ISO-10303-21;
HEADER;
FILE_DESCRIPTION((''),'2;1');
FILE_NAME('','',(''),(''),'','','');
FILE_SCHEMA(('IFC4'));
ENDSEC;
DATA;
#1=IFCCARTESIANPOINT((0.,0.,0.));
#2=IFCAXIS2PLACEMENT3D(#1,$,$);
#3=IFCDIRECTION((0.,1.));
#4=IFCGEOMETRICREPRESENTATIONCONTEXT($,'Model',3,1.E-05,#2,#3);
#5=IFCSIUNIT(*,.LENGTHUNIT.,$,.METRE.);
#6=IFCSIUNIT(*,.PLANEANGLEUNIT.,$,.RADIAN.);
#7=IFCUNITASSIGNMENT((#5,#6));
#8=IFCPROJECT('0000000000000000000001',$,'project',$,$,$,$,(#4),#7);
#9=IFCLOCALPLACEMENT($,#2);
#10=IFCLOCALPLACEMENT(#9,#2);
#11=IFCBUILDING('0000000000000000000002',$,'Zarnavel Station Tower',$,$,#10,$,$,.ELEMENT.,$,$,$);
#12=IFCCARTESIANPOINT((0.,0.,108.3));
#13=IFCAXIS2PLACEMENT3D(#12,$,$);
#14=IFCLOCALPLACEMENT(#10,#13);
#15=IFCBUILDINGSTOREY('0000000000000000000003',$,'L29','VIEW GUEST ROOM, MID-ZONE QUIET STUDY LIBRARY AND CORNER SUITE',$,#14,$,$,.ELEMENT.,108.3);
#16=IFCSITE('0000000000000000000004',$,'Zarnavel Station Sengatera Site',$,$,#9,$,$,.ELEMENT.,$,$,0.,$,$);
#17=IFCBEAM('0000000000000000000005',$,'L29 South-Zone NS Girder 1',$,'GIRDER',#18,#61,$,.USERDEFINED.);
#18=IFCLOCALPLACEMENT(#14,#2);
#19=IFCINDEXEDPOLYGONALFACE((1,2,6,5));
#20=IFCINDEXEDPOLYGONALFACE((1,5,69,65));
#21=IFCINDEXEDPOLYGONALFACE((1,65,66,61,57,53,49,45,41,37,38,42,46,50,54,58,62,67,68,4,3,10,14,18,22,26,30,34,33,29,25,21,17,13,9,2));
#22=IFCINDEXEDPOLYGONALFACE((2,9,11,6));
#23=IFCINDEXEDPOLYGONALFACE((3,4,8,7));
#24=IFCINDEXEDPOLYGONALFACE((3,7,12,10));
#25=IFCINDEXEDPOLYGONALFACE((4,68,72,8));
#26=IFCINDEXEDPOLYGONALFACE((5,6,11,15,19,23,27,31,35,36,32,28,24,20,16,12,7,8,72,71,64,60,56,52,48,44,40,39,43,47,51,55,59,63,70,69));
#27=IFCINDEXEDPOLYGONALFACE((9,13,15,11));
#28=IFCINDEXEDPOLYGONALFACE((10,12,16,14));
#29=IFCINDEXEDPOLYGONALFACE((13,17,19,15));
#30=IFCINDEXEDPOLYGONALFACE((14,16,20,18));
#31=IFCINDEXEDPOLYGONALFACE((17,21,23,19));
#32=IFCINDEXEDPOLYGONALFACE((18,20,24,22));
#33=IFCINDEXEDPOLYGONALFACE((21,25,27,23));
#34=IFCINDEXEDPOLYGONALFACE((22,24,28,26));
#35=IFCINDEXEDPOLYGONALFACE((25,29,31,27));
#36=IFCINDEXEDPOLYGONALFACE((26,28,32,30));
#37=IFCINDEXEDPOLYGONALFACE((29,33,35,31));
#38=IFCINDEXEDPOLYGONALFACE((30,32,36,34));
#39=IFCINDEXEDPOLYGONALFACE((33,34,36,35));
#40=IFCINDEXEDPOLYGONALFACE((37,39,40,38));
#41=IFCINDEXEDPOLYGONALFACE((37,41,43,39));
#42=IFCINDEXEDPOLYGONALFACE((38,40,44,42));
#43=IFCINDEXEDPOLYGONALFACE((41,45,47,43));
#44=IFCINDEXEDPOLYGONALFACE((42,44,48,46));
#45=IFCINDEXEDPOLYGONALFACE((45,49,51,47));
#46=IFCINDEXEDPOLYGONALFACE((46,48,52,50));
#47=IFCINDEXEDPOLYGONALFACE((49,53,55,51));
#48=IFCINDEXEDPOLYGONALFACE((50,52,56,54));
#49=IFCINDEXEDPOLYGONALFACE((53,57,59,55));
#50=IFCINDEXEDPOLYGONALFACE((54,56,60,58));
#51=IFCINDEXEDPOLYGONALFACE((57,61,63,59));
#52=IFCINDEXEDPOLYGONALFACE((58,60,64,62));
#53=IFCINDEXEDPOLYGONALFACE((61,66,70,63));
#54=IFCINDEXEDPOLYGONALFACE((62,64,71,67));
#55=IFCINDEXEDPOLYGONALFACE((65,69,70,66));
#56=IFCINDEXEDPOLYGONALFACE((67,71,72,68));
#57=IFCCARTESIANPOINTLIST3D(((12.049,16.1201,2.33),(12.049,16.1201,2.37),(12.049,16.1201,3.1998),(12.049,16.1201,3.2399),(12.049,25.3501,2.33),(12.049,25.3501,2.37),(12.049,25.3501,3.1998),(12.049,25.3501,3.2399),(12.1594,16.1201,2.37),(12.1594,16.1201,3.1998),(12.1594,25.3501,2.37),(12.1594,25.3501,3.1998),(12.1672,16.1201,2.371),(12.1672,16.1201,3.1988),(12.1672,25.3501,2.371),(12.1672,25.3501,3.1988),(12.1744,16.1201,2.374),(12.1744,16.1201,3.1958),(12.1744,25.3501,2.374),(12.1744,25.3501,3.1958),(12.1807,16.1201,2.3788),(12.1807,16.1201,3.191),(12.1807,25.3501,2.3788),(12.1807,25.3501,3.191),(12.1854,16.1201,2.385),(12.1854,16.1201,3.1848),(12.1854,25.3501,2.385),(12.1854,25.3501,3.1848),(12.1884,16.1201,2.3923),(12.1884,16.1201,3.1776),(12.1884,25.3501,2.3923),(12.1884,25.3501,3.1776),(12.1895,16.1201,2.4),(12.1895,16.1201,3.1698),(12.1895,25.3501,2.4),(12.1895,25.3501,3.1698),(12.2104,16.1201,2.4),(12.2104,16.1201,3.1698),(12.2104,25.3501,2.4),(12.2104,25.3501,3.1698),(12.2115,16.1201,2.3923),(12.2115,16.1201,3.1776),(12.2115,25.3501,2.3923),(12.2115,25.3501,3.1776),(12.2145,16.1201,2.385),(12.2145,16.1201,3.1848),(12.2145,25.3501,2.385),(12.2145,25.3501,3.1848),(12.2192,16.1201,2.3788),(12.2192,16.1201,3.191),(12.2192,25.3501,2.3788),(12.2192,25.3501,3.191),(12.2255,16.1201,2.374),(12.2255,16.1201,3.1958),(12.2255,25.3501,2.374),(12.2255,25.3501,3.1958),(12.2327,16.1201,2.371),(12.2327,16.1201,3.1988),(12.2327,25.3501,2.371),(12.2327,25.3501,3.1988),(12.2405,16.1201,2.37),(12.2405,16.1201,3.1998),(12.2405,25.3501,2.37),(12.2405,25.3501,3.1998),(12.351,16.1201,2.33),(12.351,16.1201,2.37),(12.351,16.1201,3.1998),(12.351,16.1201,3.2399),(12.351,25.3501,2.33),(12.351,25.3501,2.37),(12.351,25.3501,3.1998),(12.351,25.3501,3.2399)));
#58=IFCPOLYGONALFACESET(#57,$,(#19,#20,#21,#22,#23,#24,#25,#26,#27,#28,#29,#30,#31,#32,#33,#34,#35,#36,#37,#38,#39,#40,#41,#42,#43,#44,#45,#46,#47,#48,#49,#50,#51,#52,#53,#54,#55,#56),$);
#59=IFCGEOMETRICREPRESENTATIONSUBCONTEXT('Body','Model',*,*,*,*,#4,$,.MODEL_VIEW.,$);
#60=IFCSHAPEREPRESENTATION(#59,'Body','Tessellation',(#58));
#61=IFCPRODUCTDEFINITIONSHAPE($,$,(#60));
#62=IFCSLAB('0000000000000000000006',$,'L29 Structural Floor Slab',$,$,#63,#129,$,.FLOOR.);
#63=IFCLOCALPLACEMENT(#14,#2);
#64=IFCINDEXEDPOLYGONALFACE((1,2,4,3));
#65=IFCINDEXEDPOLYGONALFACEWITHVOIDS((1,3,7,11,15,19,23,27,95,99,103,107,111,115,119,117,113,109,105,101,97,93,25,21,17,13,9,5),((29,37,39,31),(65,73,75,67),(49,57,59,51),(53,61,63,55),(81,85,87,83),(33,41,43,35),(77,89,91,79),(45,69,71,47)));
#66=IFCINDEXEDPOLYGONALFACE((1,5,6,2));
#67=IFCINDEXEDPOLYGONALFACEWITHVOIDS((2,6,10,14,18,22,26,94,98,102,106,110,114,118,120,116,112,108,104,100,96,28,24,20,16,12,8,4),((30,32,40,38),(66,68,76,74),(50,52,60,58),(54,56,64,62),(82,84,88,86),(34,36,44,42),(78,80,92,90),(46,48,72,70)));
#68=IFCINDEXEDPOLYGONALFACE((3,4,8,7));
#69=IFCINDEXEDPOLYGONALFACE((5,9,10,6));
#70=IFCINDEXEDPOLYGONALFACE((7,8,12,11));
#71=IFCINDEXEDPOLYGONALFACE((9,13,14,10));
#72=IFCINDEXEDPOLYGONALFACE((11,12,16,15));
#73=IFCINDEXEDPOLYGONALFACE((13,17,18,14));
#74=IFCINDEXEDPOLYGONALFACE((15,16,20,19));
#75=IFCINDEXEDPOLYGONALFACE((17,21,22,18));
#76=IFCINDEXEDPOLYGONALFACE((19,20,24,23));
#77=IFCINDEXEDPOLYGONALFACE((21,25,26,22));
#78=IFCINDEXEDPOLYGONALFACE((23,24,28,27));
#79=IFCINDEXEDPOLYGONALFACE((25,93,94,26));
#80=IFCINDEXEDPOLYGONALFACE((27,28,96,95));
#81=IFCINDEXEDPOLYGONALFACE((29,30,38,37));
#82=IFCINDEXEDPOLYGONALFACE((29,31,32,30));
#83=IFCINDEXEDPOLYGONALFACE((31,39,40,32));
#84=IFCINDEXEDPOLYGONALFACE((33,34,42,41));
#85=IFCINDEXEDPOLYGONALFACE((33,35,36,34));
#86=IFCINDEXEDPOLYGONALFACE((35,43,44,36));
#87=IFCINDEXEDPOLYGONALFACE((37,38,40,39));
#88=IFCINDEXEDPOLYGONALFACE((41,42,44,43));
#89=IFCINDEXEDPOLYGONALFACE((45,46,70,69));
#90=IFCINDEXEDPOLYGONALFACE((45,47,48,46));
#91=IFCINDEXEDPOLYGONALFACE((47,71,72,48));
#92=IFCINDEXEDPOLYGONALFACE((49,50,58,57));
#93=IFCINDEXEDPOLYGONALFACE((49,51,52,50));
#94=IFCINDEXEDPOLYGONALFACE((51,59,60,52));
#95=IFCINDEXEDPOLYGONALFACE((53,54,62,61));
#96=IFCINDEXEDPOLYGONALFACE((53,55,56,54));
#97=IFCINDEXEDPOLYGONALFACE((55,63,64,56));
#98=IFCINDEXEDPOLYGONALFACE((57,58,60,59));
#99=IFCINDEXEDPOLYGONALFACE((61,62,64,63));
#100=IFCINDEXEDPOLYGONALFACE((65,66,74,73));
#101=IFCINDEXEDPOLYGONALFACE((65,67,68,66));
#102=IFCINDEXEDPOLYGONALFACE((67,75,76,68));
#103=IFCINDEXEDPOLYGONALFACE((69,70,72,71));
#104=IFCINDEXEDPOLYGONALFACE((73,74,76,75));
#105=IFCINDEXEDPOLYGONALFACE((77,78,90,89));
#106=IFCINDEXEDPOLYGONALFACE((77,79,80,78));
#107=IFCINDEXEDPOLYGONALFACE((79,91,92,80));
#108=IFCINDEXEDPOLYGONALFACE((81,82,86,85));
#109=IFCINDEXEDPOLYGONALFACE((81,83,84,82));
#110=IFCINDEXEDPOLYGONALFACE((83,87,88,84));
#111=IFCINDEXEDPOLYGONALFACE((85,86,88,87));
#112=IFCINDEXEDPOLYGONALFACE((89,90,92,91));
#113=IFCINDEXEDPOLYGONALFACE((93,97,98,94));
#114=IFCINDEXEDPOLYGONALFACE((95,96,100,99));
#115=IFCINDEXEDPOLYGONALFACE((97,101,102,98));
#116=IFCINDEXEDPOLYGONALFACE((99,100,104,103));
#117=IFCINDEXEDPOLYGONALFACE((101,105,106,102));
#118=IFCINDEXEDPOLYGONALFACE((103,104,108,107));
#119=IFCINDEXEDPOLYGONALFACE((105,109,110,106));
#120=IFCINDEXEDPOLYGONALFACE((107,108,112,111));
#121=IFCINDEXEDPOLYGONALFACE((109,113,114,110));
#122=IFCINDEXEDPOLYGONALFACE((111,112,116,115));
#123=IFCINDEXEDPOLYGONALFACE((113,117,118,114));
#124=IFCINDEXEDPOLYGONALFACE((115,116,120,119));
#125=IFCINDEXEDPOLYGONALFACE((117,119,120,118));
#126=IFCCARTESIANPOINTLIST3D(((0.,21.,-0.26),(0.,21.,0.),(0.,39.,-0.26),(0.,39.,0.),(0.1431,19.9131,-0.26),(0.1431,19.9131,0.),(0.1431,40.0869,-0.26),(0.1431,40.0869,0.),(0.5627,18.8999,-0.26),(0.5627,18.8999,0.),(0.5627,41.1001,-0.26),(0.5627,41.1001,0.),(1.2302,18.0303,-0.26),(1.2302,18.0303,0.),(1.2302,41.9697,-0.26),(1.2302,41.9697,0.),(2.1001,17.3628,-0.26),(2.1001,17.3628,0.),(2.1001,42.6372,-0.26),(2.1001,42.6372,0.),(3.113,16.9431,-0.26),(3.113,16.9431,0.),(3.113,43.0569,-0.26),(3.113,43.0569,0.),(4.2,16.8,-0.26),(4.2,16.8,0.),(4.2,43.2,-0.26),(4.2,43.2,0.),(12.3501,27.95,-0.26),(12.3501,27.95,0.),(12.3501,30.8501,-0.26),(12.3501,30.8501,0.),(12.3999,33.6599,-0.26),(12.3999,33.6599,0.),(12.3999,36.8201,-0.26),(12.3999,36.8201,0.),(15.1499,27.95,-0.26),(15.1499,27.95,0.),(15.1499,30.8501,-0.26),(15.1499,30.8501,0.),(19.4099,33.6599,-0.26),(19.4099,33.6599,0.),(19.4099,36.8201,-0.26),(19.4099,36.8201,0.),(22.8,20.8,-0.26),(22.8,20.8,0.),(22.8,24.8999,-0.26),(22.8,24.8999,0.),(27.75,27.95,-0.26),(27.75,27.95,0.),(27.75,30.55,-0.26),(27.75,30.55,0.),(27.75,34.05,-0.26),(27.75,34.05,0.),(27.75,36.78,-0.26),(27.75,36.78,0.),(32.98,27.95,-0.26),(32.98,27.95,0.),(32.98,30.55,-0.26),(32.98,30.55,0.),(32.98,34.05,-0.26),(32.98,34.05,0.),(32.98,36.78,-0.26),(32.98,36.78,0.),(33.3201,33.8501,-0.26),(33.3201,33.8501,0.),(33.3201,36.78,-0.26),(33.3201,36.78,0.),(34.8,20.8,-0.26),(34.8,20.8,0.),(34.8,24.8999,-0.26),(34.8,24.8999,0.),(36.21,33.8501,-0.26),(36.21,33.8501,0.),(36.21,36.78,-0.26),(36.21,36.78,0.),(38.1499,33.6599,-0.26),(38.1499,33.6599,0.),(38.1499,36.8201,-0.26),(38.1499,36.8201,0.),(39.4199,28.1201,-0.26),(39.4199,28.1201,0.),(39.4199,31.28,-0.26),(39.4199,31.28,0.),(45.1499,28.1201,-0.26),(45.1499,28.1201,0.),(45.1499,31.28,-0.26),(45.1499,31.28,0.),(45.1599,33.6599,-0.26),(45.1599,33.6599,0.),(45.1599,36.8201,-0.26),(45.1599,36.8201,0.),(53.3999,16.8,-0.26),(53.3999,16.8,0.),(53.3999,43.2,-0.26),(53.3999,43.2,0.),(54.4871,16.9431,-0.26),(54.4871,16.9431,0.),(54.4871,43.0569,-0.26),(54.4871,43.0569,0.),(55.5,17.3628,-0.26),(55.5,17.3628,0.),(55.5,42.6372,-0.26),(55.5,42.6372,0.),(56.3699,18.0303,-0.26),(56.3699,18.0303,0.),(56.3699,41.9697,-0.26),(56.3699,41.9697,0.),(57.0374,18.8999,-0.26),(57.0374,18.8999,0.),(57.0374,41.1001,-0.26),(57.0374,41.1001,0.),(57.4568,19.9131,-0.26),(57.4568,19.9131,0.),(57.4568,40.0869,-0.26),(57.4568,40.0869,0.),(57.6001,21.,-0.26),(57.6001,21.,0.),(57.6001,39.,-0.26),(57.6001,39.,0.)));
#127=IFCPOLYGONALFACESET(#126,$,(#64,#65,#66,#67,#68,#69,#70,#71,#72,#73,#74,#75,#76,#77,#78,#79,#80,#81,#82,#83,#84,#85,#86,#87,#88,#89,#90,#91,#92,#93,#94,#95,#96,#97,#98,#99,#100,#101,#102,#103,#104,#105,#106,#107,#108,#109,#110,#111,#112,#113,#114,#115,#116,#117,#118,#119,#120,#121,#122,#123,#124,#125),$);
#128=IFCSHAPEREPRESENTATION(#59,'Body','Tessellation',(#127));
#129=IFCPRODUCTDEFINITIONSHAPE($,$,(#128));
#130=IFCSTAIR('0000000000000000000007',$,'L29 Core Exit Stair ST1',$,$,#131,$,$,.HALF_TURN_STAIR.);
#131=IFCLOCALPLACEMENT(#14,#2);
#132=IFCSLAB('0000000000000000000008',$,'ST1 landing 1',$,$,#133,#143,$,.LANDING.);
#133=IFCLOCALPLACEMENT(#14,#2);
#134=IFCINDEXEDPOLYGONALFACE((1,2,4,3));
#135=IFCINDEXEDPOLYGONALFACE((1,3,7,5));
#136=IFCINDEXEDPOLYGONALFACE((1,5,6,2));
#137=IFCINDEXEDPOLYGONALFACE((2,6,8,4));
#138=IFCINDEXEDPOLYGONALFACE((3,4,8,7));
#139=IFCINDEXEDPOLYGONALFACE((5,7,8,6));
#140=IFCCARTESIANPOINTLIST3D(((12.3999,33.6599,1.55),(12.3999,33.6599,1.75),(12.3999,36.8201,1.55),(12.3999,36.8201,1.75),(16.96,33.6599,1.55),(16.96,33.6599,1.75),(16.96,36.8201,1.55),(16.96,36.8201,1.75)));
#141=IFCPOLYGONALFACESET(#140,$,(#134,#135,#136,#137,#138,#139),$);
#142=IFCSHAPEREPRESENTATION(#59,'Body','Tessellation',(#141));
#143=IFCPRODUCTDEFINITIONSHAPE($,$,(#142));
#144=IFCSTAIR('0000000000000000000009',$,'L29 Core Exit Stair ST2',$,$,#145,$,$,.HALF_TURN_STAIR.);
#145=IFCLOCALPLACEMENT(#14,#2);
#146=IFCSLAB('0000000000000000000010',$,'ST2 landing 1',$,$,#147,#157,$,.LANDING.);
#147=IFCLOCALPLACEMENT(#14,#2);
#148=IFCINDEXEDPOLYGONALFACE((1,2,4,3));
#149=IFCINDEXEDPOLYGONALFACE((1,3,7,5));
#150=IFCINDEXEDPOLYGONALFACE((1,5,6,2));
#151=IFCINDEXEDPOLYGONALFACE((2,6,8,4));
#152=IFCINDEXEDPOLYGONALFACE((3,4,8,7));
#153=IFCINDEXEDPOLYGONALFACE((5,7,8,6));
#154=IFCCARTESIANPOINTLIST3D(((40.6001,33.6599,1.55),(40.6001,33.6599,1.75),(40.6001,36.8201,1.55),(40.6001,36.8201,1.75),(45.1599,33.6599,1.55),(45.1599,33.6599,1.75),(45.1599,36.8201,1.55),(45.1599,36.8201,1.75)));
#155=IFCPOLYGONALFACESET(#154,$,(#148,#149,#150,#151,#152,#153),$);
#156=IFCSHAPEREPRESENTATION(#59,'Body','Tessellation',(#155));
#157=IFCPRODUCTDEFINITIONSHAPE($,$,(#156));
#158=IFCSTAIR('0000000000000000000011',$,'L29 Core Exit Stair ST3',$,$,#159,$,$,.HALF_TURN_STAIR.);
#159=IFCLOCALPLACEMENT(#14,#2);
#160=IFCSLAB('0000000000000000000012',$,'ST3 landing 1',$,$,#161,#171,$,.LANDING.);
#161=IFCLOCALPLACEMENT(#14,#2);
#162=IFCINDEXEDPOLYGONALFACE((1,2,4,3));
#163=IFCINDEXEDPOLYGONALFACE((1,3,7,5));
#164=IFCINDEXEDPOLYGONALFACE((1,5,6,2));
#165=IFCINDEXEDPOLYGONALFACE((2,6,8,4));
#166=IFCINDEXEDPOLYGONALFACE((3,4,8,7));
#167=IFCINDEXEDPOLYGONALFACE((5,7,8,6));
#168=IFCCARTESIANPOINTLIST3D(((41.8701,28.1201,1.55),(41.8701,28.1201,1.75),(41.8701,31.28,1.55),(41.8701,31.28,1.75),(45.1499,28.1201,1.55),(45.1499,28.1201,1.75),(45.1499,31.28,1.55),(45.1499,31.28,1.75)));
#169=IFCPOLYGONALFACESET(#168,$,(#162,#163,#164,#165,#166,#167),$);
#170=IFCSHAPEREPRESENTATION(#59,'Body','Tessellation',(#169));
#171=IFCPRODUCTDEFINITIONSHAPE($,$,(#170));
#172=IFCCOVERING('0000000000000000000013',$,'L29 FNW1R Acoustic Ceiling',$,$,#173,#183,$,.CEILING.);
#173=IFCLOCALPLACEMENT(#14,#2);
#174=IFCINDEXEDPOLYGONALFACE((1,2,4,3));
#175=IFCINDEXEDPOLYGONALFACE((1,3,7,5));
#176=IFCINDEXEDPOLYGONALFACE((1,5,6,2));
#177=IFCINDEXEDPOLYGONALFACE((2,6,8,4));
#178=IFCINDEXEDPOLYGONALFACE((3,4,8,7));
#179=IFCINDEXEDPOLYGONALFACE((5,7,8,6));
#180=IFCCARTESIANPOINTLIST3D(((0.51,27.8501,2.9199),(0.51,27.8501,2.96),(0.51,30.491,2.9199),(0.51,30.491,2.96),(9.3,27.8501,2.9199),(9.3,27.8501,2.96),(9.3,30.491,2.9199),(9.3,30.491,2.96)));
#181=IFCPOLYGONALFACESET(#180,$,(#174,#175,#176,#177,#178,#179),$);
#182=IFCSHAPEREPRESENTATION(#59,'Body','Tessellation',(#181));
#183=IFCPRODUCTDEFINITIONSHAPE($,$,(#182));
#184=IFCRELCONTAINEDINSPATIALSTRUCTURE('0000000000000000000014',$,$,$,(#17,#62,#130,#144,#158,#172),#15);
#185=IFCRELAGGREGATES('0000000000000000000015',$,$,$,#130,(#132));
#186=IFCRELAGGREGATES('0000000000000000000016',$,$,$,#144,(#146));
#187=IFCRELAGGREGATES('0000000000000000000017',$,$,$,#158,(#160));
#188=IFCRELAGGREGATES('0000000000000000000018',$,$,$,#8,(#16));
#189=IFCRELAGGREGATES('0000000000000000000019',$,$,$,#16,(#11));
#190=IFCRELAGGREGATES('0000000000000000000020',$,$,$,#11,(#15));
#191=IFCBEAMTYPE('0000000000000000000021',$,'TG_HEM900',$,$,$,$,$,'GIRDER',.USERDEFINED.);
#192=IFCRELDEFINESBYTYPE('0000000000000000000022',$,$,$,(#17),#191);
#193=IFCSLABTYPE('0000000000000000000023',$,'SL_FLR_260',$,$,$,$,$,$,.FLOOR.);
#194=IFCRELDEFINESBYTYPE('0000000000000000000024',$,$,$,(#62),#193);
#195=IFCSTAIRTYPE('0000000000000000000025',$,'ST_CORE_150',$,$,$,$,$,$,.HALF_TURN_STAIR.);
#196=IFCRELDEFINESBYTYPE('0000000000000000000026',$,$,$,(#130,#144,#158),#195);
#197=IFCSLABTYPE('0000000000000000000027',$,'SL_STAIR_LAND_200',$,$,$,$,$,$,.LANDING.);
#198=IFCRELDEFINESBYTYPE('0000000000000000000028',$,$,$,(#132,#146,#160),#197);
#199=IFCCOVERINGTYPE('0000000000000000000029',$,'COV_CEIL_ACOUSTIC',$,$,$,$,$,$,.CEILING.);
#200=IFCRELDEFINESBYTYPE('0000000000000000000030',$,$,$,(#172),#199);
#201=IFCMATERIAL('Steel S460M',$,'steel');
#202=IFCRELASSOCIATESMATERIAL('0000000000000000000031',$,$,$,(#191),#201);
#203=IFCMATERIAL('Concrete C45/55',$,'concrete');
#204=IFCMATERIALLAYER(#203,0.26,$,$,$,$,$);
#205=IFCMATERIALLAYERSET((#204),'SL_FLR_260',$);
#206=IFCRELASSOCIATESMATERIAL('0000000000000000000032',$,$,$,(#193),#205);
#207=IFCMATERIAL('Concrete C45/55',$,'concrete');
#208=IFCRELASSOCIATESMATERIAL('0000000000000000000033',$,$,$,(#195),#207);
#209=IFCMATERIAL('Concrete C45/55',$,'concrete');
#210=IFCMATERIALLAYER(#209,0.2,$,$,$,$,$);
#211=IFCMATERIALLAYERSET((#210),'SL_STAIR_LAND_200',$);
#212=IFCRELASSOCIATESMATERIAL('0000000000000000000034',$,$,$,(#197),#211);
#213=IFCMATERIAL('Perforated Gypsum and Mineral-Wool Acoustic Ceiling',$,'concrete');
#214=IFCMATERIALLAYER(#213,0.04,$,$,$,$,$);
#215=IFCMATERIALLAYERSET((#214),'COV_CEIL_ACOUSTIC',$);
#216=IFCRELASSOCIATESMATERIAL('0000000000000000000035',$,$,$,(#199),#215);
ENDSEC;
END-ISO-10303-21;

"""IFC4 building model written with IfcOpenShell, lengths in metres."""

from ifc_helpers import new_model, si_unit, direction, frame, origin, origin_2d, place, context, subcontext, project, spatial, polyline, i_section, outline, extrude, material, layer, layer_set, material_profile, profile_set, type_object, element, aggregate, save


model = new_model("IFC4")

# Units and contexts
model_context = context("Model", 3, precision=1e-05, world=origin(), true_north=direction((0.0, 1.0)))
body_context = subcontext(model_context, "Body", "Model", "MODEL_VIEW")
ifc_project = project(units=[si_unit("LENGTHUNIT", "METRE"), si_unit("PLANEANGLEUNIT", "RADIAN")], contexts=[model_context])

# Site, building, storey
site_placement = place(None, origin())
site = spatial("IfcSite", under=ifc_project, at=site_placement, Name="Zarnavel Station Sengatera Site", CompositionType="ELEMENT", RefElevation=0.0)
building_placement = place(site_placement, origin())
building = spatial("IfcBuilding", under=site, at=building_placement, Name="Zarnavel Station Tower", CompositionType="ELEMENT")
storey_placement = place(building_placement, frame((0.0, 0.0, 108.3)))
storey = spatial("IfcBuildingStorey", under=building, at=storey_placement, Name="L29", Description="VIEW GUEST ROOM, MID-ZONE QUIET STUDY LIBRARY AND CORNER SUITE", CompositionType="ELEMENT", Elevation=108.3)

# Beam
ifc_material_1 = material(Name="Steel S460M", Category="steel")
ifc_material_profile = material_profile(ifc_material_1, i_section(OverallWidth=0.302, OverallDepth=0.9099, WebThickness=0.021, FlangeThickness=0.04, FilletRadius=0.03, at=origin_2d()), Name="HEM900")
ifc_profile_set = profile_set([ifc_material_profile], Name="Steel S460M")
beam_type = type_object("IfcBeamType", Name="TG_HEM900", ElementType="GIRDER", PredefinedType="USERDEFINED", material=ifc_profile_set)
beam_placement = place(storey_placement, frame((12.2, 16.1201, 2.7849), z_axis=(0.0, 1.0, 0.0), x_axis=(-1.0, 0.0, 0.0)))
element("IfcBeam", 1, at=beam_placement, inside=storey, type_object=beam_type, Name="L29 South-Zone NS Girder 1", ObjectType="GIRDER", PredefinedType="USERDEFINED", context=body_context, shape_type="SweptSolid", body=[
    extrude(i_section(OverallWidth=0.302, OverallDepth=0.9099, WebThickness=0.021, FlangeThickness=0.04, FilletRadius=0.03, at=origin_2d()), origin(), (0.0, 0.0, 1.0), 9.23),
])

# Slab
ifc_material_2 = material(Name="Concrete C45/55", Category="concrete")
ifc_layer_1 = layer(ifc_material_2, 0.26)
ifc_layer_set_1 = layer_set([ifc_layer_1], Name="SL_FLR_260")
slab_type_1 = type_object("IfcSlabType", Name="SL_FLR_260", PredefinedType="FLOOR", material=ifc_layer_set_1)
slab_1_placement = place(storey_placement, frame((0.0, 0.0, -0.26)))
element("IfcSlab", 2, at=slab_1_placement, inside=storey, type_object=slab_type_1, Name="L29 Structural Floor Slab", PredefinedType="FLOOR", context=body_context, shape_type="SweptSolid", body=[
    extrude(outline(polyline([(53.3999, 16.8), (54.4871, 16.9431), (55.5, 17.3628), (56.3699, 18.0303), (57.0374, 18.8999), (57.4568, 19.9131), (57.6001, 21.0), (57.6001, 39.0), (57.4568, 40.0869), (57.0374, 41.1001), (56.3699, 41.9697), (55.5, 42.6372), (54.4871, 43.0569), (53.3999, 43.2), (4.2, 43.2), (3.113, 43.0569), (2.1001, 42.6372), (1.2302, 41.9697), (0.5627, 41.1001), (0.1431, 40.0869), (0.0, 39.0), (0.0, 21.0), (0.1431, 19.9131), (0.5627, 18.8999), (1.2302, 18.0303), (2.1001, 17.3628), (3.113, 16.9431), (4.2, 16.8), (53.3999, 16.8)]), holes=[polyline([(12.3999, 33.6599), (19.4099, 33.6599), (19.4099, 36.8201), (12.3999, 36.8201), (12.3999, 33.6599)]), polyline([(38.1499, 33.6599), (45.1599, 33.6599), (45.1599, 36.8201), (38.1499, 36.8201), (38.1499, 33.6599)]), polyline([(39.4199, 28.1201), (45.1499, 28.1201), (45.1499, 31.28), (39.4199, 31.28), (39.4199, 28.1201)]), polyline([(12.3501, 27.95), (15.1499, 27.95), (15.1499, 30.8501), (12.3501, 30.8501), (12.3501, 27.95)]), polyline([(33.3201, 33.8501), (36.21, 33.8501), (36.21, 36.78), (33.3201, 36.78), (33.3201, 33.8501)]), polyline([(27.75, 34.05), (32.98, 34.05), (32.98, 36.78), (27.75, 36.78), (27.75, 34.05)]), polyline([(27.75, 27.95), (32.98, 27.95), (32.98, 30.55), (27.75, 30.55), (27.75, 27.95)]), polyline([(22.8, 20.8), (34.8, 20.8), (34.8, 24.8999), (22.8, 24.8999), (22.8, 20.8)])]), origin(), (0.0, 0.0, 1.0), 0.26),
])

# Stairs, slabs
ifc_material_3 = material(Name="Concrete C45/55", Category="concrete")
stair_type = type_object("IfcStairType", Name="ST_CORE_150", PredefinedType="HALF_TURN_STAIR", material=ifc_material_3)
stair_1_placement = place(storey_placement, origin())
stair_1 = element("IfcStair", 3, at=stair_1_placement, inside=storey, type_object=stair_type, Name="L29 Core Exit Stair ST1", PredefinedType="HALF_TURN_STAIR")
ifc_material_4 = material(Name="Concrete C45/55", Category="concrete")
ifc_layer_2 = layer(ifc_material_4, 0.2)
ifc_layer_set_2 = layer_set([ifc_layer_2], Name="SL_STAIR_LAND_200")
slab_type_2 = type_object("IfcSlabType", Name="SL_STAIR_LAND_200", PredefinedType="LANDING", material=ifc_layer_set_2)
slab_2_placement = place(storey_placement, frame((0.0, 0.0, 1.55)))
slab_2 = element("IfcSlab", 4, at=slab_2_placement, type_object=slab_type_2, Name="ST1 landing 1", PredefinedType="LANDING", context=body_context, shape_type="SweptSolid", body=[
    extrude(outline(polyline([(16.96, 36.8201), (12.3999, 36.8201), (12.3999, 33.6599), (16.96, 33.6599), (16.96, 36.8201)])), origin(), (0.0, 0.0, 1.0), 0.2),
])
aggregate(stair_1, [slab_2])
stair_2_placement = place(storey_placement, origin())
stair_2 = element("IfcStair", 5, at=stair_2_placement, inside=storey, type_object=stair_type, Name="L29 Core Exit Stair ST2", PredefinedType="HALF_TURN_STAIR")
slab_3_placement = place(storey_placement, frame((0.0, 0.0, 1.55)))
slab_3 = element("IfcSlab", 6, at=slab_3_placement, type_object=slab_type_2, Name="ST2 landing 1", PredefinedType="LANDING", context=body_context, shape_type="SweptSolid", body=[
    extrude(outline(polyline([(40.6001, 33.6599), (45.1599, 33.6599), (45.1599, 36.8201), (40.6001, 36.8201), (40.6001, 33.6599)])), origin(), (0.0, 0.0, 1.0), 0.2),
])
aggregate(stair_2, [slab_3])
stair_3_placement = place(storey_placement, origin())
stair_3 = element("IfcStair", 7, at=stair_3_placement, inside=storey, type_object=stair_type, Name="L29 Core Exit Stair ST3", PredefinedType="HALF_TURN_STAIR")
slab_4_placement = place(storey_placement, frame((0.0, 0.0, 1.55)))
slab_4 = element("IfcSlab", 8, at=slab_4_placement, type_object=slab_type_2, Name="ST3 landing 1", PredefinedType="LANDING", context=body_context, shape_type="SweptSolid", body=[
    extrude(outline(polyline([(41.8701, 28.1201), (45.1499, 28.1201), (45.1499, 31.28), (41.8701, 31.28), (41.8701, 28.1201)])), origin(), (0.0, 0.0, 1.0), 0.2),
])
aggregate(stair_3, [slab_4])

# Covering
ifc_material_5 = material(Name="Perforated Gypsum and Mineral-Wool Acoustic Ceiling", Category="concrete")
ifc_layer_3 = layer(ifc_material_5, 0.04)
ifc_layer_set_3 = layer_set([ifc_layer_3], Name="COV_CEIL_ACOUSTIC")
covering_type_1 = type_object("IfcCoveringType", Name="COV_CEIL_ACOUSTIC", PredefinedType="CEILING", material=ifc_layer_set_3)
covering_1_placement = place(storey_placement, frame((0.0, 0.0, 2.9199)))
element("IfcCovering", 9, at=covering_1_placement, inside=storey, type_object=covering_type_1, Name="L29 FNW1R Acoustic Ceiling", PredefinedType="CEILING", context=body_context, shape_type="SweptSolid", body=[
    extrude(outline(polyline([(0.51, 27.8501), (9.3, 27.8501), (9.3, 30.491), (0.51, 30.491), (0.51, 27.8501)])), origin(), (0.0, 0.0, 1.0), 0.04),
])

save(model, "model.ifc")
